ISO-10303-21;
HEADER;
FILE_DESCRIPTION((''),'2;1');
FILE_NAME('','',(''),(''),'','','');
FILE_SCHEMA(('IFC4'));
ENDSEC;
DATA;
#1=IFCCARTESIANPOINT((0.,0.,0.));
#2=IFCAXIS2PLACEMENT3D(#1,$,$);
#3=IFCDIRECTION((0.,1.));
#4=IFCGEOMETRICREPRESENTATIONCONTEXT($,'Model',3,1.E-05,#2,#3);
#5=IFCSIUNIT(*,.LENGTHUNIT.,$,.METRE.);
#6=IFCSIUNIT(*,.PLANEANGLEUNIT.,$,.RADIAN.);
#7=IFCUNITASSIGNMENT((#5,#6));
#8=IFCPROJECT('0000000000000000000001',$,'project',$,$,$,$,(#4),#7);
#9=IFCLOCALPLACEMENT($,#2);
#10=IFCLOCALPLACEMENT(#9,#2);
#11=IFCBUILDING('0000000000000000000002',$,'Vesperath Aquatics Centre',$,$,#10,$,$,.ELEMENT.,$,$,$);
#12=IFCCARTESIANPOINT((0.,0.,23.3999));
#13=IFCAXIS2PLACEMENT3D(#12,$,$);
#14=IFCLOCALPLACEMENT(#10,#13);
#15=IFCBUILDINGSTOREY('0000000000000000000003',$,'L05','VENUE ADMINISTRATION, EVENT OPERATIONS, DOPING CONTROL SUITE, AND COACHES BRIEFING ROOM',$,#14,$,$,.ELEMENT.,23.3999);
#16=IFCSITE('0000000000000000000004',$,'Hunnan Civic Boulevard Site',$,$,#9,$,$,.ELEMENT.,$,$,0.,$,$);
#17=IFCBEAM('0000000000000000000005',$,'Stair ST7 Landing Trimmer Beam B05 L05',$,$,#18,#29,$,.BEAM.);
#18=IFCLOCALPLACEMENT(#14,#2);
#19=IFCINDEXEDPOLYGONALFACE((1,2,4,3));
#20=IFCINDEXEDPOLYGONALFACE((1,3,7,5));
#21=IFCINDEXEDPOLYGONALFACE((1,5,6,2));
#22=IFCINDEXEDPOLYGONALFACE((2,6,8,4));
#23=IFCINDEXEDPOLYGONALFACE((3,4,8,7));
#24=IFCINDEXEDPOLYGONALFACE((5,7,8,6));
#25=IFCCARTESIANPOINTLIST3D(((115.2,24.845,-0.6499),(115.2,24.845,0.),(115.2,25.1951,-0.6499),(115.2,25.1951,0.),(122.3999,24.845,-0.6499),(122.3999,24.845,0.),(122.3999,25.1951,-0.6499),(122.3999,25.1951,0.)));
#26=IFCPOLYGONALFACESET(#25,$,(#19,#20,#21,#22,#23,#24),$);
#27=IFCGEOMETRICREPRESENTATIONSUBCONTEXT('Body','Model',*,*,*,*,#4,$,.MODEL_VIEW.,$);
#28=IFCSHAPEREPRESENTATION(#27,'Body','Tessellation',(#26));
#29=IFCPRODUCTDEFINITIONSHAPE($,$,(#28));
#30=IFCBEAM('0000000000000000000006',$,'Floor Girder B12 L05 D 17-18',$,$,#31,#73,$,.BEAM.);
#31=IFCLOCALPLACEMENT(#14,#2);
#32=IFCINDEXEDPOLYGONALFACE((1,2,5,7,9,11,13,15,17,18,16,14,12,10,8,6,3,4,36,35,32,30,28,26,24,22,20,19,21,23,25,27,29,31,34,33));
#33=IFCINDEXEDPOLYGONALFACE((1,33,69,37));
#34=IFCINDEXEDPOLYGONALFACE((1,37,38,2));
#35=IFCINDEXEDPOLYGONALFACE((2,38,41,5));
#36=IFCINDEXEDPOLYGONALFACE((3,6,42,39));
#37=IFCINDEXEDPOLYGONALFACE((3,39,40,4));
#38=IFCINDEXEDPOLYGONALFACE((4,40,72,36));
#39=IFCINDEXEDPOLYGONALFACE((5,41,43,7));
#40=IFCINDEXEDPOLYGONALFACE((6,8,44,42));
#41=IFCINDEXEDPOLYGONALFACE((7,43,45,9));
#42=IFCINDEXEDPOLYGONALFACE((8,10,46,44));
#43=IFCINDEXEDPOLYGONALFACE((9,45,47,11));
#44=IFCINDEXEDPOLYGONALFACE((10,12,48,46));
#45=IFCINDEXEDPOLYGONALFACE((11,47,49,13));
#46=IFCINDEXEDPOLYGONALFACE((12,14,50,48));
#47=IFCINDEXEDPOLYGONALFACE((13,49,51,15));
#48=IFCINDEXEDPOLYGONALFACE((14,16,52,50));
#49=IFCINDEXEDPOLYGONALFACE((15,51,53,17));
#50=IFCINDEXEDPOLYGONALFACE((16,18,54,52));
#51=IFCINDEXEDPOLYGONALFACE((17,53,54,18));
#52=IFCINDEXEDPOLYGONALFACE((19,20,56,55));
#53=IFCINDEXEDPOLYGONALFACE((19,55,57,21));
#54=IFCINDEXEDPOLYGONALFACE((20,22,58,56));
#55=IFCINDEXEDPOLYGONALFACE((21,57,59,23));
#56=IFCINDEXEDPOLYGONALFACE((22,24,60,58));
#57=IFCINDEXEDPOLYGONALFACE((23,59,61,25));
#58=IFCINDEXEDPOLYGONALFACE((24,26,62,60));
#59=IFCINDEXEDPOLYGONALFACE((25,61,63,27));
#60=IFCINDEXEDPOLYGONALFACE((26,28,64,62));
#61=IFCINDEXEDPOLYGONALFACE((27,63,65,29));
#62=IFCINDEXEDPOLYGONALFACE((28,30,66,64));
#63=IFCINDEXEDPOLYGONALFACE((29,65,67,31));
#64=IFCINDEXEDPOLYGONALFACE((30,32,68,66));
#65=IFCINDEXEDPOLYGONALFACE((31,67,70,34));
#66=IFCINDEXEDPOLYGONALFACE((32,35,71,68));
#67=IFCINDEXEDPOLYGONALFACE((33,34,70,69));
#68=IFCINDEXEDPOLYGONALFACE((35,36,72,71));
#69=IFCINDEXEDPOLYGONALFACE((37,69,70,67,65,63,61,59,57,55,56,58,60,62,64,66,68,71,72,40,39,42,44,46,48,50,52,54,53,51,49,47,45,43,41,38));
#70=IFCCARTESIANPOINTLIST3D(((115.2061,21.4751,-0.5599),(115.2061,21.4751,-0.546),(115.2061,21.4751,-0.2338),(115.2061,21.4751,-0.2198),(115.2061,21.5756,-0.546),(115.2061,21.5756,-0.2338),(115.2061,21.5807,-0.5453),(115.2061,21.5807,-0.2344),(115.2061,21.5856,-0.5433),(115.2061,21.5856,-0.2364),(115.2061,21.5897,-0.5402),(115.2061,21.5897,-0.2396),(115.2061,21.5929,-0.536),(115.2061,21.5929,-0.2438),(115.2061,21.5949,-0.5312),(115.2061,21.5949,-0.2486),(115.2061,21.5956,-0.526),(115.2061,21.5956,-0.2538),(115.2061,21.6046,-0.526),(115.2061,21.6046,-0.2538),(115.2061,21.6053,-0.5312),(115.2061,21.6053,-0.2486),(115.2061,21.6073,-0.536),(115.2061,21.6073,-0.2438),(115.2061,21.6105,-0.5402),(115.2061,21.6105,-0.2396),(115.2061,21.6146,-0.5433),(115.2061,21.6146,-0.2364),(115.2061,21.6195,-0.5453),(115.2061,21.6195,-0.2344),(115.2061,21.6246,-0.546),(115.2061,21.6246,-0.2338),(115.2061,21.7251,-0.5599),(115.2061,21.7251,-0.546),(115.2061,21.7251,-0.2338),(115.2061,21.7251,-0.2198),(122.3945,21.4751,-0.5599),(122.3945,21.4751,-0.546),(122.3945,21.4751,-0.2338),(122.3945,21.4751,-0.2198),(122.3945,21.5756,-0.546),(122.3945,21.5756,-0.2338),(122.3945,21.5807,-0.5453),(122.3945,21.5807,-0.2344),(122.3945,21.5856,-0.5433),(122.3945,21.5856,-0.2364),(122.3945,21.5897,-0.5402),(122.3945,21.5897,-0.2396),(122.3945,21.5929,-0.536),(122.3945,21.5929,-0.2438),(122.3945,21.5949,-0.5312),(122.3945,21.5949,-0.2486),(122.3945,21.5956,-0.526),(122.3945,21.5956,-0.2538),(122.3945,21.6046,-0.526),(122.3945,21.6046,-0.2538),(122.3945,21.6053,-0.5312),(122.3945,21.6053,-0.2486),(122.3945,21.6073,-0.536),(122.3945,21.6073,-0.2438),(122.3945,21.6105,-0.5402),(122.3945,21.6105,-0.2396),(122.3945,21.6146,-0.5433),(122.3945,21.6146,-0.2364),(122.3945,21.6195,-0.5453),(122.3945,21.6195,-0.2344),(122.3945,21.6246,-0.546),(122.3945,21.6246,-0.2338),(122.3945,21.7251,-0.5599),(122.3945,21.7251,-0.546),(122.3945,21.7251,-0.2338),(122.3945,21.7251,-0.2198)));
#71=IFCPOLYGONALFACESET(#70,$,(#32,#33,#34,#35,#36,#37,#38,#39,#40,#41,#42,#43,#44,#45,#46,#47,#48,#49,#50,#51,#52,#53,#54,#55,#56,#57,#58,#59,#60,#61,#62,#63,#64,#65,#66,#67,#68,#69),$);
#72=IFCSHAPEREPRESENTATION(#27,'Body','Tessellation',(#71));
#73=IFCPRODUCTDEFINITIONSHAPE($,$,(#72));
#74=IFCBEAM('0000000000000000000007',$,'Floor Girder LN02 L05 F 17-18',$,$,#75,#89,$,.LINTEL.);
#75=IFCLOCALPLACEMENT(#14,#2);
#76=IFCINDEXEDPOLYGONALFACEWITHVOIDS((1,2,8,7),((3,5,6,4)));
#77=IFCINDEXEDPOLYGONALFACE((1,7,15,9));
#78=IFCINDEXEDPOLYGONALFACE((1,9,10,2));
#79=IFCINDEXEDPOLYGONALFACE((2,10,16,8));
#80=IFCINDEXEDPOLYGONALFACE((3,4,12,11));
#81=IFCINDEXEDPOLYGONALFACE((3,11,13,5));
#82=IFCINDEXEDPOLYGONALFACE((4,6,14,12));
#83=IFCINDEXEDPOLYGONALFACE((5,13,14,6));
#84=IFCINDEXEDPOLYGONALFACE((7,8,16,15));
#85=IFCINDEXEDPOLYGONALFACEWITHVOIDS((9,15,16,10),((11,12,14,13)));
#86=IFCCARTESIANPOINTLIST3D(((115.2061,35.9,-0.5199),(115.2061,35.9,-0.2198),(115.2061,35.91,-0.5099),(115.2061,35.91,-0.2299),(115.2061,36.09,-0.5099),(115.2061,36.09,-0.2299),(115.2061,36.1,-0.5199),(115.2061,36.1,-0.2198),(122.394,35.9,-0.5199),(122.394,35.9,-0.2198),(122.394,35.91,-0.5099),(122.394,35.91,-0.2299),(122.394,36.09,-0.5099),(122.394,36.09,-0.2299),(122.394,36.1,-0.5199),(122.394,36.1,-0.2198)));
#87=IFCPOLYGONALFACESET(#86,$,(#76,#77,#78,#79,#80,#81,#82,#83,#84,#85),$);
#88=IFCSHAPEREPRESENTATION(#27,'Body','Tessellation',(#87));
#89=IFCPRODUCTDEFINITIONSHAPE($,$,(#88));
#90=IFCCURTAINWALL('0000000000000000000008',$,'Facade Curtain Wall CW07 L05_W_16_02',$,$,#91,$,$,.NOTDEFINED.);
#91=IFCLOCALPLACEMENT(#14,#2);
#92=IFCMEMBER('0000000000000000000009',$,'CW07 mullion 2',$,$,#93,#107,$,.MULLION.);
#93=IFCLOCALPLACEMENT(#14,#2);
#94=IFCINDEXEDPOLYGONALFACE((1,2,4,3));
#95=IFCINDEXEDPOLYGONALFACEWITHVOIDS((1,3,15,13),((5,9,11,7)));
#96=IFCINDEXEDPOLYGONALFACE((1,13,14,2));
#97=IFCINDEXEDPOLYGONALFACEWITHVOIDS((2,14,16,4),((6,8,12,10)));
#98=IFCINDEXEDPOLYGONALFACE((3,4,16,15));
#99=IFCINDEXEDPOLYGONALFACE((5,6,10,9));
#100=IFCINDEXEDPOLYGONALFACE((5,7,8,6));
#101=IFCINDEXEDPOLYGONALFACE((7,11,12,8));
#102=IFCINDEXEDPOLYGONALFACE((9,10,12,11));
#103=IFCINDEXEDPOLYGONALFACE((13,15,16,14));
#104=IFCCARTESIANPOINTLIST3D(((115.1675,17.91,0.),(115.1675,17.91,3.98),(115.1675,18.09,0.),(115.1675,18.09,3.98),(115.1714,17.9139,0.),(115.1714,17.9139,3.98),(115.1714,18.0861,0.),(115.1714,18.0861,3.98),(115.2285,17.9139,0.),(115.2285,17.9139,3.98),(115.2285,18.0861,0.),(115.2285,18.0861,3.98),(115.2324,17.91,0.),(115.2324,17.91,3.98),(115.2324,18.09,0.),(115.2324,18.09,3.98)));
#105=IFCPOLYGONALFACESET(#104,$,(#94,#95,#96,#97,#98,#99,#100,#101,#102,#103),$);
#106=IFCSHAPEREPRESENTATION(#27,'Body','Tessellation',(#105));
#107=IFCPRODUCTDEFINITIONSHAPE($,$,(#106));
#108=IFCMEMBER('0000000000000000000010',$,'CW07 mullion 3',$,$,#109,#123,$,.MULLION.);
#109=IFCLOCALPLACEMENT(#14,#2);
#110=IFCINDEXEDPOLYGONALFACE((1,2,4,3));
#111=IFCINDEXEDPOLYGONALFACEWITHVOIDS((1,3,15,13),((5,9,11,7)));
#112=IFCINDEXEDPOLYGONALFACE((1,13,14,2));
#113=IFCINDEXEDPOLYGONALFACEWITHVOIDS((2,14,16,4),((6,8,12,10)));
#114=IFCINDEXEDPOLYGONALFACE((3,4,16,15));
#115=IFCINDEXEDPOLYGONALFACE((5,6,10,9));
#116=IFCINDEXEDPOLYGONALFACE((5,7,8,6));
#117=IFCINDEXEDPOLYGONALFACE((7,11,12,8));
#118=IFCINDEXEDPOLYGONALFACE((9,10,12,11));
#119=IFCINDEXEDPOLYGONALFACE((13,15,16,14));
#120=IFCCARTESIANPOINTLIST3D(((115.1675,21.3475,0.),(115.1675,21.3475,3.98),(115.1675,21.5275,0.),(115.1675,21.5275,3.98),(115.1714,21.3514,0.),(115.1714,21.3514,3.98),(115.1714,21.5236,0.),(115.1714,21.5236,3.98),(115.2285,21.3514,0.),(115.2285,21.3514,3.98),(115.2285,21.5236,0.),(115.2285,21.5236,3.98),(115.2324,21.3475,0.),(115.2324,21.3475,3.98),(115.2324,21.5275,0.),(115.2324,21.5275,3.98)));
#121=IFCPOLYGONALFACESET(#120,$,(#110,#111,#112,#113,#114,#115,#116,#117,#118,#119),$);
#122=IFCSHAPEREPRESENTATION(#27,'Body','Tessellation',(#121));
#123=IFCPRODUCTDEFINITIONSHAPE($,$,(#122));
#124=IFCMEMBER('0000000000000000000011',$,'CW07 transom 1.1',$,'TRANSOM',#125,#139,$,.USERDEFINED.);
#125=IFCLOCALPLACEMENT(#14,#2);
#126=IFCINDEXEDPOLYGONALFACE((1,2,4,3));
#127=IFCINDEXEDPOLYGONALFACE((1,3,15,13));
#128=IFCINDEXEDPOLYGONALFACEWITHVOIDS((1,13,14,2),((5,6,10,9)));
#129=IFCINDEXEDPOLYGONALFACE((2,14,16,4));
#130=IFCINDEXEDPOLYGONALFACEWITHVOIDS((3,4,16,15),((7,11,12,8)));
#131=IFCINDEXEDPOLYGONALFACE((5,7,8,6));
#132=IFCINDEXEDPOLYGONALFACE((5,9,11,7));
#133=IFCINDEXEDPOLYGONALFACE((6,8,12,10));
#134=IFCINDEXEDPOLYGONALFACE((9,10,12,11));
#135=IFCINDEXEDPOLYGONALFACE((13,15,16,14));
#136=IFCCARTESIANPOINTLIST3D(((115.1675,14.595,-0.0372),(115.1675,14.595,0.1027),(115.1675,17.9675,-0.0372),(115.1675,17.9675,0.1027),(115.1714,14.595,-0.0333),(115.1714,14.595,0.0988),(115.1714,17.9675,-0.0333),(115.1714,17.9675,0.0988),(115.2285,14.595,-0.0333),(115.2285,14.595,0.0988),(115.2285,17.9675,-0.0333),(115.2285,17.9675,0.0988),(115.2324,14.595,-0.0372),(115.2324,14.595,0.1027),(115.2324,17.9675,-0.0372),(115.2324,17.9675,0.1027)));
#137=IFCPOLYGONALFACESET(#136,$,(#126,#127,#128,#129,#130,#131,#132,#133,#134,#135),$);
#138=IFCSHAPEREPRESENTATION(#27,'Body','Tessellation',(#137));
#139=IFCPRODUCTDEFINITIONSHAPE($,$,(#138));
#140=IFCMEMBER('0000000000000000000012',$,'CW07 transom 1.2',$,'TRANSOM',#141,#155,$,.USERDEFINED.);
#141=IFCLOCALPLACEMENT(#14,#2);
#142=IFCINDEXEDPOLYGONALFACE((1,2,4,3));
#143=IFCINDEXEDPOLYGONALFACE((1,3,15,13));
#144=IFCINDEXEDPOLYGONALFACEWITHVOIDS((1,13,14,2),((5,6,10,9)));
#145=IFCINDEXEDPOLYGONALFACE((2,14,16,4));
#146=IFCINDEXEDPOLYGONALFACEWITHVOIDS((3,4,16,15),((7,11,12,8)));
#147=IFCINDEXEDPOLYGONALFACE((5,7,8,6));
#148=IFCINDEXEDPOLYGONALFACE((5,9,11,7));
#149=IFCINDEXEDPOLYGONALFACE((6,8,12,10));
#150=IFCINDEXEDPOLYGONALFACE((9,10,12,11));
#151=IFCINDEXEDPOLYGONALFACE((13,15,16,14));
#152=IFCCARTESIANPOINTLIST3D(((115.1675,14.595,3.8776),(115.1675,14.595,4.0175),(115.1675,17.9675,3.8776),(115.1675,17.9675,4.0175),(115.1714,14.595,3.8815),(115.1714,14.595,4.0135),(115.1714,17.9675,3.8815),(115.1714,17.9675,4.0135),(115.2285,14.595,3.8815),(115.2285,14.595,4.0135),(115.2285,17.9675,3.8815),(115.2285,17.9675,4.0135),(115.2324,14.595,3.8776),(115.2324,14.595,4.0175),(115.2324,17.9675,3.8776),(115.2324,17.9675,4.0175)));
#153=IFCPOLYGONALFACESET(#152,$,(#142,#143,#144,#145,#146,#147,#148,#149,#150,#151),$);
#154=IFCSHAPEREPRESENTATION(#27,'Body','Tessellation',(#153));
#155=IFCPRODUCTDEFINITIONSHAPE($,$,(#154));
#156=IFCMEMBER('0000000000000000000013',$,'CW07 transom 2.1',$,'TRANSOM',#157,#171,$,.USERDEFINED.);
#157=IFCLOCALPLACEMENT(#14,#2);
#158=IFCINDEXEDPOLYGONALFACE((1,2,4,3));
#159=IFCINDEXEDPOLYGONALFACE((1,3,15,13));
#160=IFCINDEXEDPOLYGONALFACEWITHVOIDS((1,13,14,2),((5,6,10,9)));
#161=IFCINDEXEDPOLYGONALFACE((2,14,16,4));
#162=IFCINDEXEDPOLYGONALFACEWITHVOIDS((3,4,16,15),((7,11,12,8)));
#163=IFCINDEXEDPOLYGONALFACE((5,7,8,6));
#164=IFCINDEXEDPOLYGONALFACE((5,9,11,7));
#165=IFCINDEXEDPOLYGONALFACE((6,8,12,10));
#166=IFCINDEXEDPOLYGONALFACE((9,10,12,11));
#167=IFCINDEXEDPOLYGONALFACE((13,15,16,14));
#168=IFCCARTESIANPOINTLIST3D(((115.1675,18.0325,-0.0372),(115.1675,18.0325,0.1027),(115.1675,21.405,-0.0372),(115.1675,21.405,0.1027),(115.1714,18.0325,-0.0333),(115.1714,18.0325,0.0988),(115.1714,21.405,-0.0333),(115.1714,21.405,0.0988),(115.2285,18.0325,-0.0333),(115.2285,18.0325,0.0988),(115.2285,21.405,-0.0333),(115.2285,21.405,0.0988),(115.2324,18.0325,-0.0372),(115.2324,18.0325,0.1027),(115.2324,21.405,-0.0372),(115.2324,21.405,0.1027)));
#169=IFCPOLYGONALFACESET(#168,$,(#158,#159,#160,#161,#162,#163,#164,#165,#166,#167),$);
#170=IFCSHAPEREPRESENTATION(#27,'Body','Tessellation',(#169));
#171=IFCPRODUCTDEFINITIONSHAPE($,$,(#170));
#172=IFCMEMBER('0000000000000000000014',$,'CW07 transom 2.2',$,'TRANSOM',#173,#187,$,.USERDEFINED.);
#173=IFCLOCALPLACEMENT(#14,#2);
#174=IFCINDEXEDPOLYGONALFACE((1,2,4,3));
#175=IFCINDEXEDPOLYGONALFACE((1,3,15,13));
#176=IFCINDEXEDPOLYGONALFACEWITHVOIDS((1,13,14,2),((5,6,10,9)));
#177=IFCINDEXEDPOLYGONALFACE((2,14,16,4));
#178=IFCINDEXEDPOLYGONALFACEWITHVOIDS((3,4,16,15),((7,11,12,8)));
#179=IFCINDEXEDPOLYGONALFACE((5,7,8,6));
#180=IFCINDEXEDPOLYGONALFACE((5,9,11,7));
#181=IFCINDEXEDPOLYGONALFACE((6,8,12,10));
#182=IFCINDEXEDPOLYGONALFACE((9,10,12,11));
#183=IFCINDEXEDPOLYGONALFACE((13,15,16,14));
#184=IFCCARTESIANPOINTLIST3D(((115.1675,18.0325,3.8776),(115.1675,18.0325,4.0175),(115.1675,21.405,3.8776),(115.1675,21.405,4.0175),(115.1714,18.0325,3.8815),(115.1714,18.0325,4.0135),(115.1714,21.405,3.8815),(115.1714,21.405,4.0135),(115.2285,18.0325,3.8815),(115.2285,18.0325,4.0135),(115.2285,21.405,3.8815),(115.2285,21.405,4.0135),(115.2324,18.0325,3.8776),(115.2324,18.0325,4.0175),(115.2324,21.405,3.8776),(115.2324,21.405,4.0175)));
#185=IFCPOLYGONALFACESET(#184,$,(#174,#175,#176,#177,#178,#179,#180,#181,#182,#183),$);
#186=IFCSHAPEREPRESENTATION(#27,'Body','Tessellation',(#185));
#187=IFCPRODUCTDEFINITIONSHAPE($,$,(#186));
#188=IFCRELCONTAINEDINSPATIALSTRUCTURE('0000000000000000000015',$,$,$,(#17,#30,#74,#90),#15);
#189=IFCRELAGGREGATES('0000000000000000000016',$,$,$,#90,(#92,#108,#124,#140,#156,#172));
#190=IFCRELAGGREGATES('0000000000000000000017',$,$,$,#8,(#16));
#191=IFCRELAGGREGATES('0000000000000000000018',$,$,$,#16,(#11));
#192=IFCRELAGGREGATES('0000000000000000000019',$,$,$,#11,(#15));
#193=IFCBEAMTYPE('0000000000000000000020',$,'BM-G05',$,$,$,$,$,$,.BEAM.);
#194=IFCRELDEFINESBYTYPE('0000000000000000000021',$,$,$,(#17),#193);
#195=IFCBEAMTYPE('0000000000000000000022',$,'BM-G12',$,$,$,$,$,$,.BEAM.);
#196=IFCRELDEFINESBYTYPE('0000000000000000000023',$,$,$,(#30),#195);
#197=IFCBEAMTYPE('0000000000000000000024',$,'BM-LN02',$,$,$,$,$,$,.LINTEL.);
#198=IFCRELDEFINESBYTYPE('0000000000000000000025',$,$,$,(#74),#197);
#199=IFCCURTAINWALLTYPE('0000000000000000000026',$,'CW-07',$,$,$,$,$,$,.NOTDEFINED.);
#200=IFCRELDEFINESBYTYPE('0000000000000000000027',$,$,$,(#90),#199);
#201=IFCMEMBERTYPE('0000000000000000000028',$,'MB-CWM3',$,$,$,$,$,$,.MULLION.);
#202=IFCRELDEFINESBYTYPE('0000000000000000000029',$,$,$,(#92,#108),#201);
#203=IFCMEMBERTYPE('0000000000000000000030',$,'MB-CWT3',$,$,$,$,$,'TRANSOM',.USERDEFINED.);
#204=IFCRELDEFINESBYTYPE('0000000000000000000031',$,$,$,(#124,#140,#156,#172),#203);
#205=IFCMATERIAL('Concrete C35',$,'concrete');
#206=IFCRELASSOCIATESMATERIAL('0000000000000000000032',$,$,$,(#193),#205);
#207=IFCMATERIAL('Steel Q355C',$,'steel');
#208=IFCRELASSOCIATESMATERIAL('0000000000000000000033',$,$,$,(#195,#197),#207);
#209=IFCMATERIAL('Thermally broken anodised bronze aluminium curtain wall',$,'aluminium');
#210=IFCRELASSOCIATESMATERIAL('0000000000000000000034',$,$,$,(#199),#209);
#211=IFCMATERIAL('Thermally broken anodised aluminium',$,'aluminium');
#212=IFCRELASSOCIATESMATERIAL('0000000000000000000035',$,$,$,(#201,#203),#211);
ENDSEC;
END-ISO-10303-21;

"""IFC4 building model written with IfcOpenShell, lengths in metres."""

from ifc_helpers import new_model, si_unit, direction, frame, origin, origin_2d, place, context, subcontext, project, spatial, rectangle, hollow_rectangle, i_section, extrude, material, material_profile, profile_set, type_object, element, aggregate, save


model = new_model("IFC4")

# Units and contexts
model_context = context("Model", 3, precision=1e-05, world=origin(), true_north=direction((0.0, 1.0)))
body_context = subcontext(model_context, "Body", "Model", "MODEL_VIEW")
ifc_project = project(units=[si_unit("LENGTHUNIT", "METRE"), si_unit("PLANEANGLEUNIT", "RADIAN")], contexts=[model_context])

# Site, building, storey
site_placement = place(None, origin())
site = spatial("IfcSite", under=ifc_project, at=site_placement, Name="Hunnan Civic Boulevard Site", CompositionType="ELEMENT", RefElevation=0.0)
building_placement = place(site_placement, origin())
building = spatial("IfcBuilding", under=site, at=building_placement, Name="Vesperath Aquatics Centre", CompositionType="ELEMENT")
storey_placement = place(building_placement, frame((0.0, 0.0, 23.3999)))
storey = spatial("IfcBuildingStorey", under=building, at=storey_placement, Name="L05", Description="VENUE ADMINISTRATION, EVENT OPERATIONS, DOPING CONTROL SUITE, AND COACHES BRIEFING ROOM", CompositionType="ELEMENT", Elevation=23.3999)

# Beams
ifc_material_1 = material(Name="Concrete C35", Category="concrete")
ifc_material_profile_1 = material_profile(ifc_material_1, rectangle(XDim=0.3501, YDim=0.6499, at=origin_2d()), Name="RC 350x650")
ifc_profile_set_1 = profile_set([ifc_material_profile_1], Name="Concrete C35")
beam_type_1 = type_object("IfcBeamType", Name="BM-G05", PredefinedType="BEAM", material=ifc_profile_set_1)
beam_1_placement = place(storey_placement, frame((115.2, 25.02, -0.325), z_axis=(1.0, 0.0, 0.0), x_axis=(0.0, 1.0, 0.0)))
element("IfcBeam", 1, at=beam_1_placement, inside=storey, type_object=beam_type_1, Name="Stair ST7 Landing Trimmer Beam B05 L05", PredefinedType="BEAM", context=body_context, shape_type="SweptSolid", body=[
    extrude(rectangle(XDim=0.3501, YDim=0.6499, at=origin_2d()), origin(), (0.0, 0.0, 1.0), 7.2),
])
ifc_material_2 = material(Name="Steel Q355C", Category="steel")
ifc_material_profile_2 = material_profile(ifc_material_2, i_section(OverallWidth=0.25, OverallDepth=0.3401, WebThickness=0.009, FlangeThickness=0.0139, FilletRadius=0.02, at=origin_2d()), Name="HM 340x250x9x14")
ifc_profile_set_2 = profile_set([ifc_material_profile_2], Name="Steel Q355C")
beam_type_2 = type_object("IfcBeamType", Name="BM-G12", PredefinedType="BEAM", material=ifc_profile_set_2)
beam_2_placement = place(storey_placement, frame((115.2061, 21.6001, -0.3899), z_axis=(1.0, 0.0, 0.0), x_axis=(0.0, 1.0, 0.0)))
element("IfcBeam", 2, at=beam_2_placement, inside=storey, type_object=beam_type_2, Name="Floor Girder B12 L05 D 17-18", PredefinedType="BEAM", context=body_context, shape_type="SweptSolid", body=[
    extrude(i_section(OverallWidth=0.25, OverallDepth=0.3401, WebThickness=0.009, FlangeThickness=0.0139, FilletRadius=0.02, at=origin_2d()), origin(), (0.0, 0.0, 1.0), 7.1885),
])
ifc_material_profile_3 = material_profile(ifc_material_2, hollow_rectangle(XDim=0.2, YDim=0.3, WallThickness=0.01, at=origin_2d()), Name="RHS 300x200x10")
ifc_profile_set_3 = profile_set([ifc_material_profile_3], Name="Steel Q355C")
beam_type_3 = type_object("IfcBeamType", Name="BM-LN02", PredefinedType="LINTEL", material=ifc_profile_set_3)
beam_3_placement = place(storey_placement, frame((115.2061, 36.0, -0.3699), z_axis=(1.0, 0.0, 0.0), x_axis=(0.0, 1.0, 0.0)))
element("IfcBeam", 3, at=beam_3_placement, inside=storey, type_object=beam_type_3, Name="Floor Girder LN02 L05 F 17-18", PredefinedType="LINTEL", context=body_context, shape_type="SweptSolid", body=[
    extrude(hollow_rectangle(XDim=0.2, YDim=0.3, WallThickness=0.01, at=origin_2d()), origin(), (0.0, 0.0, 1.0), 7.188),
])

# Curtain wall, members
ifc_material_3 = material(Name="Thermally broken anodised bronze aluminium curtain wall", Category="aluminium")
curtain_wall_type = type_object("IfcCurtainWallType", Name="CW-07", PredefinedType="NOTDEFINED", material=ifc_material_3)
curtain_wall_placement = place(storey_placement, origin())
curtain_wall = element("IfcCurtainWall", 4, at=curtain_wall_placement, inside=storey, type_object=curtain_wall_type, Name="Facade Curtain Wall CW07 L05_W_16_02", PredefinedType="NOTDEFINED")
ifc_material_4 = material(Name="Thermally broken anodised aluminium", Category="aluminium")
ifc_material_profile_4 = material_profile(ifc_material_4, hollow_rectangle(XDim=0.0649, YDim=0.1799, WallThickness=0.0039, at=origin_2d()), Name="CWM 65x180x4")
ifc_profile_set_4 = profile_set([ifc_material_profile_4], Name="Thermally broken anodised aluminium")
member_type_1 = type_object("IfcMemberType", Name="MB-CWM3", PredefinedType="MULLION", material=ifc_profile_set_4)
member_1_placement = place(storey_placement, frame((115.2, 18.0, 0.0), z_axis=(0.0, 0.0, 1.0), x_axis=(-1.0, 0.0, 0.0)))
member_1 = element("IfcMember", 5, at=member_1_placement, type_object=member_type_1, Name="CW07 mullion 2", PredefinedType="MULLION", context=body_context, shape_type="SweptSolid", body=[
    extrude(hollow_rectangle(XDim=0.0649, YDim=0.1799, WallThickness=0.0039, at=origin_2d()), origin(), (0.0, 0.0, 1.0), 3.98),
])
member_2_placement = place(storey_placement, frame((115.2, 21.4375, 0.0), z_axis=(0.0, 0.0, 1.0), x_axis=(-1.0, 0.0, 0.0)))
member_2 = element("IfcMember", 6, at=member_2_placement, type_object=member_type_1, Name="CW07 mullion 3", PredefinedType="MULLION", context=body_context, shape_type="SweptSolid", body=[
    extrude(hollow_rectangle(XDim=0.0649, YDim=0.1799, WallThickness=0.0039, at=origin_2d()), origin(), (0.0, 0.0, 1.0), 3.98),
])
ifc_material_profile_5 = material_profile(ifc_material_4, hollow_rectangle(XDim=0.0649, YDim=0.1399, WallThickness=0.0039, at=origin_2d()), Name="CWT 65x140x4")
ifc_profile_set_5 = profile_set([ifc_material_profile_5], Name="Thermally broken anodised aluminium")
member_type_2 = type_object("IfcMemberType", Name="MB-CWT3", ElementType="TRANSOM", PredefinedType="USERDEFINED", material=ifc_profile_set_5)
member_3_placement = place(storey_placement, frame((115.2, 14.595, 0.0327), z_axis=(0.0, 1.0, 0.0), x_axis=(-1.0, 0.0, 0.0)))
member_3 = element("IfcMember", 7, at=member_3_placement, type_object=member_type_2, Name="CW07 transom 1.1", ObjectType="TRANSOM", PredefinedType="USERDEFINED", context=body_context, shape_type="SweptSolid", body=[
    extrude(hollow_rectangle(XDim=0.0649, YDim=0.1399, WallThickness=0.0039, at=origin_2d()), origin(), (0.0, 0.0, 1.0), 3.3726),
])
member_4_placement = place(storey_placement, frame((115.2, 14.595, 3.9475), z_axis=(0.0, 1.0, 0.0), x_axis=(-1.0, 0.0, 0.0)))
member_4 = element("IfcMember", 8, at=member_4_placement, type_object=member_type_2, Name="CW07 transom 1.2", ObjectType="TRANSOM", PredefinedType="USERDEFINED", context=body_context, shape_type="SweptSolid", body=[
    extrude(hollow_rectangle(XDim=0.0649, YDim=0.1399, WallThickness=0.0039, at=origin_2d()), origin(), (0.0, 0.0, 1.0), 3.3726),
])
member_5_placement = place(storey_placement, frame((115.2, 18.0325, 0.0327), z_axis=(0.0, 1.0, 0.0), x_axis=(-1.0, 0.0, 0.0)))
member_5 = element("IfcMember", 9, at=member_5_placement, type_object=member_type_2, Name="CW07 transom 2.1", ObjectType="TRANSOM", PredefinedType="USERDEFINED", context=body_context, shape_type="SweptSolid", body=[
    extrude(hollow_rectangle(XDim=0.0649, YDim=0.1399, WallThickness=0.0039, at=origin_2d()), origin(), (0.0, 0.0, 1.0), 3.3726),
])
member_6_placement = place(storey_placement, frame((115.2, 18.0325, 3.9475), z_axis=(0.0, 1.0, 0.0), x_axis=(-1.0, 0.0, 0.0)))
member_6 = element("IfcMember", 10, at=member_6_placement, type_object=member_type_2, Name="CW07 transom 2.2", ObjectType="TRANSOM", PredefinedType="USERDEFINED", context=body_context, shape_type="SweptSolid", body=[
    extrude(hollow_rectangle(XDim=0.0649, YDim=0.1399, WallThickness=0.0039, at=origin_2d()), origin(), (0.0, 0.0, 1.0), 3.3726),
])
aggregate(curtain_wall, [member_1, member_2, member_3, member_4, member_5, member_6])

save(model, "model.ifc")
